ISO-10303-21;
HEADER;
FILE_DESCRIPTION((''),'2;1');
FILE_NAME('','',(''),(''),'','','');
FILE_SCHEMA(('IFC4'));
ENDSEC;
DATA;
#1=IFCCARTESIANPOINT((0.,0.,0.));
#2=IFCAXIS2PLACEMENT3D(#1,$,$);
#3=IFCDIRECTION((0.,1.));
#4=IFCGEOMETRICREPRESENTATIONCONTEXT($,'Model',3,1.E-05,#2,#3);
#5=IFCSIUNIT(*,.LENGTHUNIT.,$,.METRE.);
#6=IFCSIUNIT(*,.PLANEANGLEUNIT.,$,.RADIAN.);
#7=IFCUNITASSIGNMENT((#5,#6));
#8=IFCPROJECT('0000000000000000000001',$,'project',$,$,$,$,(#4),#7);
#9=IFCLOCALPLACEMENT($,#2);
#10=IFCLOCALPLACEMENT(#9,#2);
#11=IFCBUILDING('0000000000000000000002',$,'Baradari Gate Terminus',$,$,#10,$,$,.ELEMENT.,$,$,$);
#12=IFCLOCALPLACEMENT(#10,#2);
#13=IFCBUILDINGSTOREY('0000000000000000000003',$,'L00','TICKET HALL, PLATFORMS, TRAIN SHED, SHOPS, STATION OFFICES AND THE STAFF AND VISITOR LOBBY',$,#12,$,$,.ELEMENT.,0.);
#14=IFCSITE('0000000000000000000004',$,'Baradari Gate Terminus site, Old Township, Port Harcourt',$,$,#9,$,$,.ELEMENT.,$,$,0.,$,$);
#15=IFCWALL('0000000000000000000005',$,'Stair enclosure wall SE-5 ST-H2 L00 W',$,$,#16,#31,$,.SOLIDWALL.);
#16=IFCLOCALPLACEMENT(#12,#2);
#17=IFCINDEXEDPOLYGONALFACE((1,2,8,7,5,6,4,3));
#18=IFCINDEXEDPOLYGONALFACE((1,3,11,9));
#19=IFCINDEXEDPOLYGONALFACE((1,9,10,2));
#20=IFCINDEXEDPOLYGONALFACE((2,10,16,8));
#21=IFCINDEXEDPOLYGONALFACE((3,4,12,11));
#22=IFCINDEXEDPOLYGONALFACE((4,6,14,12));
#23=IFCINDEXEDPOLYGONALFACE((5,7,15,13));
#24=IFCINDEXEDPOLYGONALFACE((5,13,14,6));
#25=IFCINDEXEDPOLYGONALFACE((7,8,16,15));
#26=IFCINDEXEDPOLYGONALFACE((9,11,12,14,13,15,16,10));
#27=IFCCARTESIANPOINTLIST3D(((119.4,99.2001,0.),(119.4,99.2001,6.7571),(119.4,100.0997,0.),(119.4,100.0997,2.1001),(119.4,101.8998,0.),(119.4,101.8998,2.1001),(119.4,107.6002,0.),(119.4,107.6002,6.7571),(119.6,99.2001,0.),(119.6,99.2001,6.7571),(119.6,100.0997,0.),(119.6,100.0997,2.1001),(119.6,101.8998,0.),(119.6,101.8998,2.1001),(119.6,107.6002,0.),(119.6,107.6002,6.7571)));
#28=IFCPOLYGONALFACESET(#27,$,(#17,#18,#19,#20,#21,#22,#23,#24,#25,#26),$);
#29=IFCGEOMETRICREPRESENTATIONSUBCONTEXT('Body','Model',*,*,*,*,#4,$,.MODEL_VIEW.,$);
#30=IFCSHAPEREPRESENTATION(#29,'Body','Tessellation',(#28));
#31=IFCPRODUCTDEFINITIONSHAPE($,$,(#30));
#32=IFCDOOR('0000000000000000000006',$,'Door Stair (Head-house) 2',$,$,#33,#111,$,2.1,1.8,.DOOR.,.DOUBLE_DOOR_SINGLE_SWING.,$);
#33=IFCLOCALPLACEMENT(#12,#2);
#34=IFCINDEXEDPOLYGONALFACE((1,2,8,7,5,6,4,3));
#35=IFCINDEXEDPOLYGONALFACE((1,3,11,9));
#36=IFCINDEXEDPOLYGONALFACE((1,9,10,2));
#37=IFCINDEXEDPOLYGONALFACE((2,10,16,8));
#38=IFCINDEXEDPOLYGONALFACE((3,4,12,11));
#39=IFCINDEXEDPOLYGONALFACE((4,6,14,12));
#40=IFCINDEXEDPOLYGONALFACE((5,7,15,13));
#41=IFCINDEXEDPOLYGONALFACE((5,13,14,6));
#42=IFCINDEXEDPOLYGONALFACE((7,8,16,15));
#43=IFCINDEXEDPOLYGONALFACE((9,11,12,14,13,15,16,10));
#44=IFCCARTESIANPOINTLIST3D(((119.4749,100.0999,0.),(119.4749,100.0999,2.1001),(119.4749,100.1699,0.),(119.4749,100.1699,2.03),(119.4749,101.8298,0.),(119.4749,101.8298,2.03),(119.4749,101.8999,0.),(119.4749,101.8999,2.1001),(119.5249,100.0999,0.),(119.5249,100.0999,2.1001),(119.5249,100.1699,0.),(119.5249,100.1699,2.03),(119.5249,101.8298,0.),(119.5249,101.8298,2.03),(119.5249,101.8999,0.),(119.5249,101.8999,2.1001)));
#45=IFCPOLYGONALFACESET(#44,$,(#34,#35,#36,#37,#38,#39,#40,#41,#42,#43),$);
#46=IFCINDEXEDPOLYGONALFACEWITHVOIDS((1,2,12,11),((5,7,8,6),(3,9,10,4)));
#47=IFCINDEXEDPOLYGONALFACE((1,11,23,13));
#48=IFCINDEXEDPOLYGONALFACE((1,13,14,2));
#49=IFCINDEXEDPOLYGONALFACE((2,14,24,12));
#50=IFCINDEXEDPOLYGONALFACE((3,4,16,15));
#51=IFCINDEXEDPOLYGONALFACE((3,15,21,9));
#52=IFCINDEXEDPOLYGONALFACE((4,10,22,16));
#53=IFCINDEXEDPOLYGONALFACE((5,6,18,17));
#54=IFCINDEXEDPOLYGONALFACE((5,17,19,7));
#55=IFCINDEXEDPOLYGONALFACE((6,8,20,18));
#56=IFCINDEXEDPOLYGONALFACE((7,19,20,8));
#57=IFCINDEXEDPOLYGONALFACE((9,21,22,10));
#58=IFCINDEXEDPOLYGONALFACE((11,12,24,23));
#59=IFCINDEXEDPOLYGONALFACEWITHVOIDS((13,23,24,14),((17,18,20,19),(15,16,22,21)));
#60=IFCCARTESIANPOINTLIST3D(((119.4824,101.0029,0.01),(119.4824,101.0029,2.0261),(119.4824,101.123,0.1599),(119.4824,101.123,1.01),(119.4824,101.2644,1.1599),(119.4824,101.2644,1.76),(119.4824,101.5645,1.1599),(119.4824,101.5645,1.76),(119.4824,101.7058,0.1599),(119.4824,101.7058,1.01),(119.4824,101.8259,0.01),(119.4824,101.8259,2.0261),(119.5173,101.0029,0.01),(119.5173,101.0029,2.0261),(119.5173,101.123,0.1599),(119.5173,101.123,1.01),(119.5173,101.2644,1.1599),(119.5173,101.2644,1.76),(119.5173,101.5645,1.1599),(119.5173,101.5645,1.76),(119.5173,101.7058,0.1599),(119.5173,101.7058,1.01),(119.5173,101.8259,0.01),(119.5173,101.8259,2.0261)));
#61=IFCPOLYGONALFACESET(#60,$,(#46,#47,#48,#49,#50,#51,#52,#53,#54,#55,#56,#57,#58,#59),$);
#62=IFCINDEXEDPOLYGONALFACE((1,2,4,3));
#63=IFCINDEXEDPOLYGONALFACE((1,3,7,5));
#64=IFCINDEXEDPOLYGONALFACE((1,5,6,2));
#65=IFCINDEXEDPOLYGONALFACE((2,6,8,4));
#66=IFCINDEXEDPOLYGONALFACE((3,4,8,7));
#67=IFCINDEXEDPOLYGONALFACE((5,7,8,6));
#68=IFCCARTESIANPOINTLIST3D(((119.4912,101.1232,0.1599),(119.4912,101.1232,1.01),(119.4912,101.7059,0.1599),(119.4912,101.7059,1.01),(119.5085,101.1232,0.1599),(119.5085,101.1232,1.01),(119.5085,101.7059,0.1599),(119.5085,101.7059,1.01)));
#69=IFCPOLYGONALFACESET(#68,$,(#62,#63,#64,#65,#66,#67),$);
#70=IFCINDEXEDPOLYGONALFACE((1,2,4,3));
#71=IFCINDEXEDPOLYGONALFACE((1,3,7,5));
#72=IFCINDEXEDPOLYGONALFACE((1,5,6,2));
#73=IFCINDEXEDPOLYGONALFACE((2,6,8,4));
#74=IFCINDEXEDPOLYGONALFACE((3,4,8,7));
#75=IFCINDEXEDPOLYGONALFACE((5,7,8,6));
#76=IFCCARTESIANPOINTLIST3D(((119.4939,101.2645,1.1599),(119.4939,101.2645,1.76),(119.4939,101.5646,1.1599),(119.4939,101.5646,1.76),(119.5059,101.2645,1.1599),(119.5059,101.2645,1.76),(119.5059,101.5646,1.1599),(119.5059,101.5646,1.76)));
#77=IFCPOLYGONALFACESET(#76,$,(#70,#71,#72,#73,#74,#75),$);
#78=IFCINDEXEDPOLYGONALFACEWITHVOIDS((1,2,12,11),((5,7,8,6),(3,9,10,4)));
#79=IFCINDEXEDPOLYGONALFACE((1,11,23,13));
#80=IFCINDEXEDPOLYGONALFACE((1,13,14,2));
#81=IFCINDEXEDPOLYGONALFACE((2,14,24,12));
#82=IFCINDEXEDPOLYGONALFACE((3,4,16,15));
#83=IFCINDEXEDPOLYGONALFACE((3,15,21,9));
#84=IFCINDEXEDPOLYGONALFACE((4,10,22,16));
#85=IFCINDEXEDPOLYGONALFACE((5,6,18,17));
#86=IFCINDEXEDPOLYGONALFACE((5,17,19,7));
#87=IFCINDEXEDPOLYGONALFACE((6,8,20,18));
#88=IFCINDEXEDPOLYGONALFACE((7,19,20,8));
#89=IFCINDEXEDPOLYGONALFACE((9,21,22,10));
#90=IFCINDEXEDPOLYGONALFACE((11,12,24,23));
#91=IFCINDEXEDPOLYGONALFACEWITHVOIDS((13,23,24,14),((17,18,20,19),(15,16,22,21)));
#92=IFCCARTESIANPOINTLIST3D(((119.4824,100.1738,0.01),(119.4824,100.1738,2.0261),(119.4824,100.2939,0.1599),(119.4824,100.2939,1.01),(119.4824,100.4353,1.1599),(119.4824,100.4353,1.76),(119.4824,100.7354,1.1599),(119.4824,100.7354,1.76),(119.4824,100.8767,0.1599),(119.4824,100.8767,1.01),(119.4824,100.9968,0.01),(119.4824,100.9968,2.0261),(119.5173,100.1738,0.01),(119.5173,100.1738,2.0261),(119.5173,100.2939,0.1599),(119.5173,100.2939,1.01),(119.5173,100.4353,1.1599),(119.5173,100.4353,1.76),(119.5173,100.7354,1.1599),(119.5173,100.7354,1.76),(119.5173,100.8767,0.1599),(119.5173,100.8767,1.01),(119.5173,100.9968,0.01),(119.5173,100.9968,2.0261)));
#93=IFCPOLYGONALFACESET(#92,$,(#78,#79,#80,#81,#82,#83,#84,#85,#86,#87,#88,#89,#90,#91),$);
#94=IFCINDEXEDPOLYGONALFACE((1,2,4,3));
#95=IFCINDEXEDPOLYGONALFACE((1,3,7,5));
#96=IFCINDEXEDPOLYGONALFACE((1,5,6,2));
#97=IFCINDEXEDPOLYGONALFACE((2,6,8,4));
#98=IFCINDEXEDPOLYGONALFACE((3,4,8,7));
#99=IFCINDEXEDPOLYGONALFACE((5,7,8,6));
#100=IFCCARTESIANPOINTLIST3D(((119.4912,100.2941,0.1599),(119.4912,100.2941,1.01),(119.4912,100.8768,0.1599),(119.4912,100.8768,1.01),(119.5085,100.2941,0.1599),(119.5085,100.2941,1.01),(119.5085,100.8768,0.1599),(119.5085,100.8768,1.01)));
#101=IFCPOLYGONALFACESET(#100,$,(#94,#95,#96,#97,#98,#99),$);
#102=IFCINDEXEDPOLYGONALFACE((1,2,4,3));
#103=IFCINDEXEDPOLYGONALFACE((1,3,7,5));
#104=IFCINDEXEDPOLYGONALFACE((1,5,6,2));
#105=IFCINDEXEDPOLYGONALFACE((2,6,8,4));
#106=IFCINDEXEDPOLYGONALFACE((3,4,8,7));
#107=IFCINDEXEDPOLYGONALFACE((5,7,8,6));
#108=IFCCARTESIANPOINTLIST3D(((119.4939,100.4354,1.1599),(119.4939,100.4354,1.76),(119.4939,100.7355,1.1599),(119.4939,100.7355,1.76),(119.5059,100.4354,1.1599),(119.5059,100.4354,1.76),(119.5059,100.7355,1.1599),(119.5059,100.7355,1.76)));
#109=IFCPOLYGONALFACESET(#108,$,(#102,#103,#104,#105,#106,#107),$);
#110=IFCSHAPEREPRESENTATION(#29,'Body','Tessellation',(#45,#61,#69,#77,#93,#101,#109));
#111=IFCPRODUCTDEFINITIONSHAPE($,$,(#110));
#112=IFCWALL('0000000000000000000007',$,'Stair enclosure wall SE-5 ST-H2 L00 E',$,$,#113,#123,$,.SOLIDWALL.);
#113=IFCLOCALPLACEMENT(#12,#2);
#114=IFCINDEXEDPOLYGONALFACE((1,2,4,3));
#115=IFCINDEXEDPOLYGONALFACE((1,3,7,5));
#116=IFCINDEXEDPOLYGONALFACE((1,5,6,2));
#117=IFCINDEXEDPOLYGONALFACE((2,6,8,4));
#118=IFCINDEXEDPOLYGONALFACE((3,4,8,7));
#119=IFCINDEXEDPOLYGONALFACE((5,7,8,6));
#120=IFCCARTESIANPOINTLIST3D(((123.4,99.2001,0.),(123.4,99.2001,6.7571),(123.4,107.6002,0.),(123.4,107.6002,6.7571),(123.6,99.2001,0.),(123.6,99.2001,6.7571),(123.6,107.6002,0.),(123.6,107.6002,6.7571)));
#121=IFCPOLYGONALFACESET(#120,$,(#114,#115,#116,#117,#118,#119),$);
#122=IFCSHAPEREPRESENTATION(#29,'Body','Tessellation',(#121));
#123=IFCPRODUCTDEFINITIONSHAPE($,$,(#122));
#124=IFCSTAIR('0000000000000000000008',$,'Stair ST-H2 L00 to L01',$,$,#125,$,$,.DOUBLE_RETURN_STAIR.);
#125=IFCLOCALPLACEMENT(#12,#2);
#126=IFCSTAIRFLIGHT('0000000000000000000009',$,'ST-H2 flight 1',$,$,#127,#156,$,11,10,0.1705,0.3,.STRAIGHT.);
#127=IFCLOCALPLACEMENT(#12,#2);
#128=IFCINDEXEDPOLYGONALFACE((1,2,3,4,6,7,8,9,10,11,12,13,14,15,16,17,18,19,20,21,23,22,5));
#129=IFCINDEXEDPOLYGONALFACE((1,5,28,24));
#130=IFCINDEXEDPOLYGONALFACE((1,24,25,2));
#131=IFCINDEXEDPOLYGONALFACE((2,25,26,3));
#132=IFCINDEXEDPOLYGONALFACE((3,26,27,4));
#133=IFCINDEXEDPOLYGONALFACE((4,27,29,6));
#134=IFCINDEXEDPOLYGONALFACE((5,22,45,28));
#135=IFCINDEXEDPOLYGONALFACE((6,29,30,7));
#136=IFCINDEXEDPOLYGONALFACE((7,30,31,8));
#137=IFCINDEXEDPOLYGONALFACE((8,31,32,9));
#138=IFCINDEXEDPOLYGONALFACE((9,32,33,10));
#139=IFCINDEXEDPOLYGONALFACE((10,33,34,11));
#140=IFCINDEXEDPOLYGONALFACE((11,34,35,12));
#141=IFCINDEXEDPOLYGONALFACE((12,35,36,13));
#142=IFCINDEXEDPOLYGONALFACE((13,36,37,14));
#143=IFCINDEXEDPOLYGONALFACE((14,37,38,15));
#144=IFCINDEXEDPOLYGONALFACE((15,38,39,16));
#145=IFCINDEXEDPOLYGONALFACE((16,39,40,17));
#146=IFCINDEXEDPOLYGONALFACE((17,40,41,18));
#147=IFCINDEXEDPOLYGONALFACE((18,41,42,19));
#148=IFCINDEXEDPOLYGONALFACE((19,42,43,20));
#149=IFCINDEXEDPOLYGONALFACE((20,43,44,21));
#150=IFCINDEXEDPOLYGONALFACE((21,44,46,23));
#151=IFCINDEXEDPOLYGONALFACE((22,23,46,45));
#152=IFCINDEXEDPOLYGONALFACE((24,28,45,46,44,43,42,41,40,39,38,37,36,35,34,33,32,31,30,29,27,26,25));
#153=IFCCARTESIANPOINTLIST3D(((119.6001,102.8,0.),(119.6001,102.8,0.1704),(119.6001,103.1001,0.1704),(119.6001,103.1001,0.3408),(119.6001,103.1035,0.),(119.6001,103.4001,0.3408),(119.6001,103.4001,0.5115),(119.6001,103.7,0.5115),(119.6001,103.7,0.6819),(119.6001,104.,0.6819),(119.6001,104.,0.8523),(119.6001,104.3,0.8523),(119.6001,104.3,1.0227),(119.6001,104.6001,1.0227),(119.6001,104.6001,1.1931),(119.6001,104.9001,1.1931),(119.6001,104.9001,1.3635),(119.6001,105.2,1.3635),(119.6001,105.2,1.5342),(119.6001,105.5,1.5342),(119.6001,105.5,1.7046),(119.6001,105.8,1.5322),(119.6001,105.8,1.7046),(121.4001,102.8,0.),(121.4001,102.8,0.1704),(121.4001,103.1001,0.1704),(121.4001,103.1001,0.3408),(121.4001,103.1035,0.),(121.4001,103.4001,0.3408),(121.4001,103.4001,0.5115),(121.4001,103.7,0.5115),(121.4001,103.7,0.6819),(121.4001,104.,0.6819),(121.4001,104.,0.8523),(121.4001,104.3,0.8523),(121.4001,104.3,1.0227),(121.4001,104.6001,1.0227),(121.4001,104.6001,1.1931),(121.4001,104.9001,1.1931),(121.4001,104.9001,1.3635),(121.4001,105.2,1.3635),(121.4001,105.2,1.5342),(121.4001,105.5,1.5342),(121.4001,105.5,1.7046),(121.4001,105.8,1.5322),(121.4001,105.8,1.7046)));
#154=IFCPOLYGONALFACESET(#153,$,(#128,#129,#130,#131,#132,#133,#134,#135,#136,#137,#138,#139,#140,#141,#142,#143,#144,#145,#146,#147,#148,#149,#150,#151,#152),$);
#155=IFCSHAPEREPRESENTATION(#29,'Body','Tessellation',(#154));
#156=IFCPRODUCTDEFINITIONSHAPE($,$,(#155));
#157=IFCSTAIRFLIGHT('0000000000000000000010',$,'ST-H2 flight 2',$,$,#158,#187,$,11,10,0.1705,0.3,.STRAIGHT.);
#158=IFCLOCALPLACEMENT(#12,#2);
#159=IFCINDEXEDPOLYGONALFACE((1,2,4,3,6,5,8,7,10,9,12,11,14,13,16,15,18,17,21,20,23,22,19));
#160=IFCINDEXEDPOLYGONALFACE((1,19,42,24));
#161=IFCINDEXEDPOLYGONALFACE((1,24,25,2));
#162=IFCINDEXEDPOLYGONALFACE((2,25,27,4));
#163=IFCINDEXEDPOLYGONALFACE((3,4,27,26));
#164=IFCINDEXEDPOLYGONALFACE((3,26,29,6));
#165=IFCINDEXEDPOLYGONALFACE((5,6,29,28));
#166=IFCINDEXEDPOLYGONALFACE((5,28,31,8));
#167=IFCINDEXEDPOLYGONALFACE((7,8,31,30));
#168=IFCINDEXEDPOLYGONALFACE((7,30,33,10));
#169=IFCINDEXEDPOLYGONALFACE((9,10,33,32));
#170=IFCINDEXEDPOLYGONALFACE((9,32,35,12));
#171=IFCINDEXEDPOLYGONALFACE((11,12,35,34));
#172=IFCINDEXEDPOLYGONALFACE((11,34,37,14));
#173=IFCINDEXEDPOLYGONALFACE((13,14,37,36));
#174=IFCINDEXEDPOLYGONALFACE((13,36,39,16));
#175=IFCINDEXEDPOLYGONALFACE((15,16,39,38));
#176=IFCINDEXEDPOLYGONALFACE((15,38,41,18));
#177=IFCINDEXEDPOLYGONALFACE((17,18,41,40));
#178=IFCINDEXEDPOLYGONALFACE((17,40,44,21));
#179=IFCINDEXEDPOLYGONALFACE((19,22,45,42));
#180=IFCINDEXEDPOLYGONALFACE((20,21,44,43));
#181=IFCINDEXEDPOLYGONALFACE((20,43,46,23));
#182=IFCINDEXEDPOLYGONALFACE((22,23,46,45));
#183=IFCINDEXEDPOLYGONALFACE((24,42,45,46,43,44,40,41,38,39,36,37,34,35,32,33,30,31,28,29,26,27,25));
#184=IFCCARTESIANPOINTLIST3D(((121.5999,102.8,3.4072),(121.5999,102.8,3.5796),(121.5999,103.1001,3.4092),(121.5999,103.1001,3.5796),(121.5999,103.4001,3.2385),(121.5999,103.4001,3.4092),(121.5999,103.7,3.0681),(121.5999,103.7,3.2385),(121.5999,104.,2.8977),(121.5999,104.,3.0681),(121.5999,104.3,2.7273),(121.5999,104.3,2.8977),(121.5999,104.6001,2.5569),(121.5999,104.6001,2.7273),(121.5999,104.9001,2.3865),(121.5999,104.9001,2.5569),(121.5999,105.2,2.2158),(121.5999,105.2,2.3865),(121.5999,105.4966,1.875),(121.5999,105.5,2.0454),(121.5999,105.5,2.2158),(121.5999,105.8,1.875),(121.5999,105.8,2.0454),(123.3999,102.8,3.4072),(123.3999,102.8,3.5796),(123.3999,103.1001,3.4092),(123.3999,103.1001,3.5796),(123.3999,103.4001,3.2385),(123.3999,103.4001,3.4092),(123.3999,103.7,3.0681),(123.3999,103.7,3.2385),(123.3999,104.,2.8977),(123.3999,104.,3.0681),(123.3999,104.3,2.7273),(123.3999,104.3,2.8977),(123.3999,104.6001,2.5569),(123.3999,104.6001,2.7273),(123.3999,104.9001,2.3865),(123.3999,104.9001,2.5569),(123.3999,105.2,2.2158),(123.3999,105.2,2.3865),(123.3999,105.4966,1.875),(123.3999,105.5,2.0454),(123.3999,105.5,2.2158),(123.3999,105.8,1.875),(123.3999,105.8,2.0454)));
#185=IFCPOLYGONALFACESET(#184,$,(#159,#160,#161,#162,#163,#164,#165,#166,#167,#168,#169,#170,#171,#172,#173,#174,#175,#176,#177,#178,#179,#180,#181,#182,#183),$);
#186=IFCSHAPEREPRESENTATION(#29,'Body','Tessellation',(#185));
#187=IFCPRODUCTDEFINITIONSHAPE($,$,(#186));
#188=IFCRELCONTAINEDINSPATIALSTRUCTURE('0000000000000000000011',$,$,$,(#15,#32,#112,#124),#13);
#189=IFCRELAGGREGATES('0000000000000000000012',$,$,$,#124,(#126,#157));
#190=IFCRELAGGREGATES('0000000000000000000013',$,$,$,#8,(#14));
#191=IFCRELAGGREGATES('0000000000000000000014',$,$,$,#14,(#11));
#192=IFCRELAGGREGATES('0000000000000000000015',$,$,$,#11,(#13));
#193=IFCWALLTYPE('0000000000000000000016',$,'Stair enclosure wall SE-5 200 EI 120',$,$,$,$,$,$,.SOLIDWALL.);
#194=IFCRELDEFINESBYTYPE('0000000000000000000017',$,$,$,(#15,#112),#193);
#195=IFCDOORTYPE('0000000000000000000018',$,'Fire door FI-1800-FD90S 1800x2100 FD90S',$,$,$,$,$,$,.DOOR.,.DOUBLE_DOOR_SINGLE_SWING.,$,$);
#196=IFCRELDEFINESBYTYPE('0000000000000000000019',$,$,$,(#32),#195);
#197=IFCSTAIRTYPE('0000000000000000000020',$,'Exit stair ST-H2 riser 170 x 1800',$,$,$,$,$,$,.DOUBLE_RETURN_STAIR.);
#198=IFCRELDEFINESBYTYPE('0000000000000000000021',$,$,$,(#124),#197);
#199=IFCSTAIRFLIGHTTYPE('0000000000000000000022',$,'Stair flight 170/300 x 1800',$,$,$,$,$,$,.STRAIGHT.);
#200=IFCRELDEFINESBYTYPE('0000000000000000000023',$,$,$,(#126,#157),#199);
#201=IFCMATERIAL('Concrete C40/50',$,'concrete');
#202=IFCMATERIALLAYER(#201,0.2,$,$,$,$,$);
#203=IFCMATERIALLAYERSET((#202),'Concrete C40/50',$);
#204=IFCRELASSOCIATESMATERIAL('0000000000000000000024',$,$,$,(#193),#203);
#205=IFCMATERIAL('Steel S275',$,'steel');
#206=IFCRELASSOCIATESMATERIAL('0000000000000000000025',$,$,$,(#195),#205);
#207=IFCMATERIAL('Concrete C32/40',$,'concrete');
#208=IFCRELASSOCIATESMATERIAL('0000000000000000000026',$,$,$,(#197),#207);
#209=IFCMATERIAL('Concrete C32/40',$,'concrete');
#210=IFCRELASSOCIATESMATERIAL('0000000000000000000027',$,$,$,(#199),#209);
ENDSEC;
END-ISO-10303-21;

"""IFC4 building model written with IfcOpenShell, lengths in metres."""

from ifc_helpers import new_model, si_unit, direction, frame, frame_2d, origin, place, context, subcontext, project, spatial, polyline, rectangle, outline, extrude, material, layer, layer_set, type_object, element, fill, aggregate, save


model = new_model("IFC4")

# Units and contexts
model_context = context("Model", 3, precision=1e-05, world=origin(), true_north=direction((0.0, 1.0)))
body_context = subcontext(model_context, "Body", "Model", "MODEL_VIEW")
ifc_project = project(units=[si_unit("LENGTHUNIT", "METRE"), si_unit("PLANEANGLEUNIT", "RADIAN")], contexts=[model_context])

# Site, building, storey
site_placement = place(None, origin())
site = spatial("IfcSite", under=ifc_project, at=site_placement, Name="Baradari Gate Terminus site, Old Township, Port Harcourt", CompositionType="ELEMENT", RefElevation=0.0)
building_placement = place(site_placement, origin())
building = spatial("IfcBuilding", under=site, at=building_placement, Name="Baradari Gate Terminus", CompositionType="ELEMENT")
storey_placement = place(building_placement, origin())
storey = spatial("IfcBuildingStorey", under=building, at=storey_placement, Name="L00", Description="TICKET HALL, PLATFORMS, TRAIN SHED, SHOPS, STATION OFFICES AND THE STAFF AND VISITOR LOBBY", CompositionType="ELEMENT", Elevation=0.0)

# Wall, opening, door
ifc_material_1 = material(Name="Concrete C40/50", Category="concrete")
ifc_layer_1 = layer(ifc_material_1, 0.2)
ifc_layer_set_1 = layer_set([ifc_layer_1], Name="Concrete C40/50")
wall_type_1 = type_object("IfcWallType", Name="Stair enclosure wall SE-5 200 EI 120", PredefinedType="SOLIDWALL", material=ifc_layer_set_1)
ifc_material_2 = material(Name="Steel S275", Category="steel")
door_type_1 = type_object("IfcDoorType", Name="Fire door FI-1800-FD90S 1800x2100 FD90S", OperationType="DOUBLE_DOOR_SINGLE_SWING", PredefinedType="DOOR", material=ifc_material_2)
wall_1_placement = place(storey_placement, frame((119.5, 99.2, 0.0), z_axis=(0.0, 0.0, 1.0), x_axis=(0.0, 1.0, 0.0)))
wall_1 = element("IfcWall", 1, at=wall_1_placement, inside=storey, type_object=wall_type_1, Name="Stair enclosure wall SE-5 ST-H2 L00 W", PredefinedType="SOLIDWALL", context=body_context, shape_type="SweptSolid", body=[
    extrude(rectangle(XDim=8.4001, YDim=0.2, at=frame_2d((4.2002, 0.0))), origin(), (0.0, 0.0, 1.0), 6.7571),
])
opening_1_placement = place(wall_1_placement, frame((0.8999, 0.0, 0.0)))
opening_1 = element("IfcOpeningElement", 2, at=opening_1_placement, cuts=wall_1, PredefinedType="OPENING", context=body_context, shape_type="SweptSolid", body=[
    extrude(rectangle(XDim=1.8, YDim=2.1001, at=frame_2d((0.8999, 1.05))), frame((0.0, 0.1099, 0.0), z_axis=(0.0, -1.0, 0.0), x_axis=(1.0, 0.0, 0.0)), (0.0, 0.0, 1.0), 0.22),
])
door_1_placement = place(opening_1_placement, frame((1.8, 0.0, 0.0), z_axis=(0.0, 0.0, 1.0), x_axis=(-1.0, 0.0, 0.0)))
door_1 = element("IfcDoor", 3, at=door_1_placement, inside=storey, type_object=door_type_1, Name="Door Stair (Head-house) 2", OperationType="DOUBLE_DOOR_SINGLE_SWING", OverallHeight=2.1, OverallWidth=1.8, PredefinedType="DOOR", context=body_context, shape_type="SweptSolid", body=[
    extrude(outline(polyline([(0.0, 0.0), (0.0701, 0.0), (0.0701, 2.03), (1.73, 2.03), (1.73, 0.0), (1.8, 0.0), (1.8, 2.1001), (0.0, 2.1001), (0.0, 0.0)])), frame((0.0, 0.0249, 0.0), z_axis=(0.0, -1.0, 0.0), x_axis=(1.0, 0.0, 0.0)), (0.0, 0.0, 1.0), 0.05),
    extrude(outline(polyline([(0.074, 0.01), (0.897, 0.01), (0.897, 2.0261), (0.074, 2.0261), (0.074, 0.01)]), holes=[polyline([(0.1941, 0.1599), (0.7769, 0.1599), (0.7769, 1.01), (0.1941, 1.01), (0.1941, 0.1599)]), polyline([(0.3354, 1.1599), (0.6355, 1.1599), (0.6355, 1.76), (0.3354, 1.76), (0.3354, 1.1599)])]), frame((0.0, 0.0173, 0.0), z_axis=(0.0, -1.0, 0.0), x_axis=(1.0, 0.0, 0.0)), (0.0, 0.0, 1.0), 0.0349),
    extrude(rectangle(XDim=0.5828, YDim=0.8501, at=frame_2d((0.4854, 0.585))), frame((0.0, 0.0085, 0.0), z_axis=(0.0, -1.0, 0.0), x_axis=(1.0, 0.0, 0.0)), (0.0, 0.0, 1.0), 0.0173),
    extrude(rectangle(XDim=0.3, YDim=0.6001, at=frame_2d((0.4854, 1.46))), frame((0.0, 0.0059, 0.0), z_axis=(0.0, -1.0, 0.0), x_axis=(1.0, 0.0, 0.0)), (0.0, 0.0, 1.0), 0.012),
    extrude(outline(polyline([(0.9031, 0.01), (1.7261, 0.01), (1.7261, 2.0261), (0.9031, 2.0261), (0.9031, 0.01)]), holes=[polyline([(1.0232, 0.1599), (1.606, 0.1599), (1.606, 1.01), (1.0232, 1.01), (1.0232, 0.1599)]), polyline([(1.1646, 1.1599), (1.4646, 1.1599), (1.4646, 1.76), (1.1646, 1.76), (1.1646, 1.1599)])]), frame((0.0, 0.0173, 0.0), z_axis=(0.0, -1.0, 0.0), x_axis=(1.0, 0.0, 0.0)), (0.0, 0.0, 1.0), 0.0349),
    extrude(rectangle(XDim=0.5828, YDim=0.8501, at=frame_2d((1.3145, 0.585))), frame((0.0, 0.0085, 0.0), z_axis=(0.0, -1.0, 0.0), x_axis=(1.0, 0.0, 0.0)), (0.0, 0.0, 1.0), 0.0173),
    extrude(rectangle(XDim=0.3, YDim=0.6001, at=frame_2d((1.3145, 1.46))), frame((0.0, 0.0059, 0.0), z_axis=(0.0, -1.0, 0.0), x_axis=(1.0, 0.0, 0.0)), (0.0, 0.0, 1.0), 0.012),
])
fill(opening_1, door_1)

# Wall
wall_2_placement = place(storey_placement, frame((123.5, 99.2, 0.0), z_axis=(0.0, 0.0, 1.0), x_axis=(0.0, 1.0, 0.0)))
element("IfcWall", 4, at=wall_2_placement, inside=storey, type_object=wall_type_1, Name="Stair enclosure wall SE-5 ST-H2 L00 E", PredefinedType="SOLIDWALL", context=body_context, shape_type="SweptSolid", body=[
    extrude(rectangle(XDim=8.4001, YDim=0.2, at=frame_2d((4.2002, 0.0))), origin(), (0.0, 0.0, 1.0), 6.7571),
])

# Stair, stair flights
ifc_material_3 = material(Name="Concrete C32/40", Category="concrete")
stair_type = type_object("IfcStairType", Name="Exit stair ST-H2 riser 170 x 1800", PredefinedType="DOUBLE_RETURN_STAIR", material=ifc_material_3)
stair_placement = place(storey_placement, origin())
stair = element("IfcStair", 5, at=stair_placement, inside=storey, type_object=stair_type, Name="Stair ST-H2 L00 to L01", PredefinedType="DOUBLE_RETURN_STAIR")
ifc_material_4 = material(Name="Concrete C32/40", Category="concrete")
stair_flight_type = type_object("IfcStairFlightType", Name="Stair flight 170/300 x 1800", PredefinedType="STRAIGHT", material=ifc_material_4)
stair_flight_1_placement = place(storey_placement, frame((120.5, 102.8, 0.0), z_axis=(0.0, 0.0, 1.0), x_axis=(0.0, 1.0, 0.0)))
stair_flight_1 = element("IfcStairFlight", 6, at=stair_flight_1_placement, type_object=stair_flight_type, Name="ST-H2 flight 1", NumberOfRisers=11, NumberOfTreads=10, PredefinedType="STRAIGHT", RiserHeight=0.1705, TreadLength=0.3, context=body_context, shape_type="SweptSolid", body=[
    extrude(outline(polyline([(0.0, 0.0), (0.0, 0.1704), (0.3, 0.1704), (0.3, 0.3408), (0.6001, 0.3408), (0.6001, 0.5115), (0.8999, 0.5115), (0.8999, 0.6819), (1.2, 0.6819), (1.2, 0.8523), (1.5, 0.8523), (1.5, 1.0227), (1.8, 1.0227), (1.8, 1.1931), (2.1001, 1.1931), (2.1001, 1.3635), (2.3999, 1.3635), (2.3999, 1.5342), (2.7, 1.5342), (2.7, 1.7046), (3.0, 1.7046), (3.0, 1.875), (3.0, 1.5322), (0.3035, 0.0), (0.0, 0.0)])), frame((0.0, 0.8999, 0.0), z_axis=(0.0, -1.0, 0.0), x_axis=(1.0, 0.0, 0.0)), (0.0, 0.0, 1.0), 1.8),
])
stair_flight_2_placement = place(storey_placement, frame((122.5, 105.8, 1.875), z_axis=(0.0, 0.0, 1.0), x_axis=(0.0, -1.0, 0.0)))
stair_flight_2 = element("IfcStairFlight", 7, at=stair_flight_2_placement, type_object=stair_flight_type, Name="ST-H2 flight 2", NumberOfRisers=11, NumberOfTreads=10, PredefinedType="STRAIGHT", RiserHeight=0.1705, TreadLength=0.3, context=body_context, shape_type="SweptSolid", body=[
    extrude(outline(polyline([(0.0, 0.0), (0.0, 0.1704), (0.3, 0.1704), (0.3, 0.3408), (0.6001, 0.3408), (0.6001, 0.5115), (0.8999, 0.5115), (0.8999, 0.6819), (1.2, 0.6819), (1.2, 0.8523), (1.5, 0.8523), (1.5, 1.0227), (1.8, 1.0227), (1.8, 1.1931), (2.1001, 1.1931), (2.1001, 1.3635), (2.3999, 1.3635), (2.3999, 1.5342), (2.7, 1.5342), (2.7, 1.7046), (3.0, 1.7046), (3.0, 1.875), (3.0, 1.5322), (0.3035, 0.0), (0.0, 0.0)])), frame((0.0, 0.8999, 0.0), z_axis=(0.0, -1.0, 0.0), x_axis=(1.0, 0.0, 0.0)), (0.0, 0.0, 1.0), 1.8),
])
aggregate(stair, [stair_flight_1, stair_flight_2])

save(model, "model.ifc")
